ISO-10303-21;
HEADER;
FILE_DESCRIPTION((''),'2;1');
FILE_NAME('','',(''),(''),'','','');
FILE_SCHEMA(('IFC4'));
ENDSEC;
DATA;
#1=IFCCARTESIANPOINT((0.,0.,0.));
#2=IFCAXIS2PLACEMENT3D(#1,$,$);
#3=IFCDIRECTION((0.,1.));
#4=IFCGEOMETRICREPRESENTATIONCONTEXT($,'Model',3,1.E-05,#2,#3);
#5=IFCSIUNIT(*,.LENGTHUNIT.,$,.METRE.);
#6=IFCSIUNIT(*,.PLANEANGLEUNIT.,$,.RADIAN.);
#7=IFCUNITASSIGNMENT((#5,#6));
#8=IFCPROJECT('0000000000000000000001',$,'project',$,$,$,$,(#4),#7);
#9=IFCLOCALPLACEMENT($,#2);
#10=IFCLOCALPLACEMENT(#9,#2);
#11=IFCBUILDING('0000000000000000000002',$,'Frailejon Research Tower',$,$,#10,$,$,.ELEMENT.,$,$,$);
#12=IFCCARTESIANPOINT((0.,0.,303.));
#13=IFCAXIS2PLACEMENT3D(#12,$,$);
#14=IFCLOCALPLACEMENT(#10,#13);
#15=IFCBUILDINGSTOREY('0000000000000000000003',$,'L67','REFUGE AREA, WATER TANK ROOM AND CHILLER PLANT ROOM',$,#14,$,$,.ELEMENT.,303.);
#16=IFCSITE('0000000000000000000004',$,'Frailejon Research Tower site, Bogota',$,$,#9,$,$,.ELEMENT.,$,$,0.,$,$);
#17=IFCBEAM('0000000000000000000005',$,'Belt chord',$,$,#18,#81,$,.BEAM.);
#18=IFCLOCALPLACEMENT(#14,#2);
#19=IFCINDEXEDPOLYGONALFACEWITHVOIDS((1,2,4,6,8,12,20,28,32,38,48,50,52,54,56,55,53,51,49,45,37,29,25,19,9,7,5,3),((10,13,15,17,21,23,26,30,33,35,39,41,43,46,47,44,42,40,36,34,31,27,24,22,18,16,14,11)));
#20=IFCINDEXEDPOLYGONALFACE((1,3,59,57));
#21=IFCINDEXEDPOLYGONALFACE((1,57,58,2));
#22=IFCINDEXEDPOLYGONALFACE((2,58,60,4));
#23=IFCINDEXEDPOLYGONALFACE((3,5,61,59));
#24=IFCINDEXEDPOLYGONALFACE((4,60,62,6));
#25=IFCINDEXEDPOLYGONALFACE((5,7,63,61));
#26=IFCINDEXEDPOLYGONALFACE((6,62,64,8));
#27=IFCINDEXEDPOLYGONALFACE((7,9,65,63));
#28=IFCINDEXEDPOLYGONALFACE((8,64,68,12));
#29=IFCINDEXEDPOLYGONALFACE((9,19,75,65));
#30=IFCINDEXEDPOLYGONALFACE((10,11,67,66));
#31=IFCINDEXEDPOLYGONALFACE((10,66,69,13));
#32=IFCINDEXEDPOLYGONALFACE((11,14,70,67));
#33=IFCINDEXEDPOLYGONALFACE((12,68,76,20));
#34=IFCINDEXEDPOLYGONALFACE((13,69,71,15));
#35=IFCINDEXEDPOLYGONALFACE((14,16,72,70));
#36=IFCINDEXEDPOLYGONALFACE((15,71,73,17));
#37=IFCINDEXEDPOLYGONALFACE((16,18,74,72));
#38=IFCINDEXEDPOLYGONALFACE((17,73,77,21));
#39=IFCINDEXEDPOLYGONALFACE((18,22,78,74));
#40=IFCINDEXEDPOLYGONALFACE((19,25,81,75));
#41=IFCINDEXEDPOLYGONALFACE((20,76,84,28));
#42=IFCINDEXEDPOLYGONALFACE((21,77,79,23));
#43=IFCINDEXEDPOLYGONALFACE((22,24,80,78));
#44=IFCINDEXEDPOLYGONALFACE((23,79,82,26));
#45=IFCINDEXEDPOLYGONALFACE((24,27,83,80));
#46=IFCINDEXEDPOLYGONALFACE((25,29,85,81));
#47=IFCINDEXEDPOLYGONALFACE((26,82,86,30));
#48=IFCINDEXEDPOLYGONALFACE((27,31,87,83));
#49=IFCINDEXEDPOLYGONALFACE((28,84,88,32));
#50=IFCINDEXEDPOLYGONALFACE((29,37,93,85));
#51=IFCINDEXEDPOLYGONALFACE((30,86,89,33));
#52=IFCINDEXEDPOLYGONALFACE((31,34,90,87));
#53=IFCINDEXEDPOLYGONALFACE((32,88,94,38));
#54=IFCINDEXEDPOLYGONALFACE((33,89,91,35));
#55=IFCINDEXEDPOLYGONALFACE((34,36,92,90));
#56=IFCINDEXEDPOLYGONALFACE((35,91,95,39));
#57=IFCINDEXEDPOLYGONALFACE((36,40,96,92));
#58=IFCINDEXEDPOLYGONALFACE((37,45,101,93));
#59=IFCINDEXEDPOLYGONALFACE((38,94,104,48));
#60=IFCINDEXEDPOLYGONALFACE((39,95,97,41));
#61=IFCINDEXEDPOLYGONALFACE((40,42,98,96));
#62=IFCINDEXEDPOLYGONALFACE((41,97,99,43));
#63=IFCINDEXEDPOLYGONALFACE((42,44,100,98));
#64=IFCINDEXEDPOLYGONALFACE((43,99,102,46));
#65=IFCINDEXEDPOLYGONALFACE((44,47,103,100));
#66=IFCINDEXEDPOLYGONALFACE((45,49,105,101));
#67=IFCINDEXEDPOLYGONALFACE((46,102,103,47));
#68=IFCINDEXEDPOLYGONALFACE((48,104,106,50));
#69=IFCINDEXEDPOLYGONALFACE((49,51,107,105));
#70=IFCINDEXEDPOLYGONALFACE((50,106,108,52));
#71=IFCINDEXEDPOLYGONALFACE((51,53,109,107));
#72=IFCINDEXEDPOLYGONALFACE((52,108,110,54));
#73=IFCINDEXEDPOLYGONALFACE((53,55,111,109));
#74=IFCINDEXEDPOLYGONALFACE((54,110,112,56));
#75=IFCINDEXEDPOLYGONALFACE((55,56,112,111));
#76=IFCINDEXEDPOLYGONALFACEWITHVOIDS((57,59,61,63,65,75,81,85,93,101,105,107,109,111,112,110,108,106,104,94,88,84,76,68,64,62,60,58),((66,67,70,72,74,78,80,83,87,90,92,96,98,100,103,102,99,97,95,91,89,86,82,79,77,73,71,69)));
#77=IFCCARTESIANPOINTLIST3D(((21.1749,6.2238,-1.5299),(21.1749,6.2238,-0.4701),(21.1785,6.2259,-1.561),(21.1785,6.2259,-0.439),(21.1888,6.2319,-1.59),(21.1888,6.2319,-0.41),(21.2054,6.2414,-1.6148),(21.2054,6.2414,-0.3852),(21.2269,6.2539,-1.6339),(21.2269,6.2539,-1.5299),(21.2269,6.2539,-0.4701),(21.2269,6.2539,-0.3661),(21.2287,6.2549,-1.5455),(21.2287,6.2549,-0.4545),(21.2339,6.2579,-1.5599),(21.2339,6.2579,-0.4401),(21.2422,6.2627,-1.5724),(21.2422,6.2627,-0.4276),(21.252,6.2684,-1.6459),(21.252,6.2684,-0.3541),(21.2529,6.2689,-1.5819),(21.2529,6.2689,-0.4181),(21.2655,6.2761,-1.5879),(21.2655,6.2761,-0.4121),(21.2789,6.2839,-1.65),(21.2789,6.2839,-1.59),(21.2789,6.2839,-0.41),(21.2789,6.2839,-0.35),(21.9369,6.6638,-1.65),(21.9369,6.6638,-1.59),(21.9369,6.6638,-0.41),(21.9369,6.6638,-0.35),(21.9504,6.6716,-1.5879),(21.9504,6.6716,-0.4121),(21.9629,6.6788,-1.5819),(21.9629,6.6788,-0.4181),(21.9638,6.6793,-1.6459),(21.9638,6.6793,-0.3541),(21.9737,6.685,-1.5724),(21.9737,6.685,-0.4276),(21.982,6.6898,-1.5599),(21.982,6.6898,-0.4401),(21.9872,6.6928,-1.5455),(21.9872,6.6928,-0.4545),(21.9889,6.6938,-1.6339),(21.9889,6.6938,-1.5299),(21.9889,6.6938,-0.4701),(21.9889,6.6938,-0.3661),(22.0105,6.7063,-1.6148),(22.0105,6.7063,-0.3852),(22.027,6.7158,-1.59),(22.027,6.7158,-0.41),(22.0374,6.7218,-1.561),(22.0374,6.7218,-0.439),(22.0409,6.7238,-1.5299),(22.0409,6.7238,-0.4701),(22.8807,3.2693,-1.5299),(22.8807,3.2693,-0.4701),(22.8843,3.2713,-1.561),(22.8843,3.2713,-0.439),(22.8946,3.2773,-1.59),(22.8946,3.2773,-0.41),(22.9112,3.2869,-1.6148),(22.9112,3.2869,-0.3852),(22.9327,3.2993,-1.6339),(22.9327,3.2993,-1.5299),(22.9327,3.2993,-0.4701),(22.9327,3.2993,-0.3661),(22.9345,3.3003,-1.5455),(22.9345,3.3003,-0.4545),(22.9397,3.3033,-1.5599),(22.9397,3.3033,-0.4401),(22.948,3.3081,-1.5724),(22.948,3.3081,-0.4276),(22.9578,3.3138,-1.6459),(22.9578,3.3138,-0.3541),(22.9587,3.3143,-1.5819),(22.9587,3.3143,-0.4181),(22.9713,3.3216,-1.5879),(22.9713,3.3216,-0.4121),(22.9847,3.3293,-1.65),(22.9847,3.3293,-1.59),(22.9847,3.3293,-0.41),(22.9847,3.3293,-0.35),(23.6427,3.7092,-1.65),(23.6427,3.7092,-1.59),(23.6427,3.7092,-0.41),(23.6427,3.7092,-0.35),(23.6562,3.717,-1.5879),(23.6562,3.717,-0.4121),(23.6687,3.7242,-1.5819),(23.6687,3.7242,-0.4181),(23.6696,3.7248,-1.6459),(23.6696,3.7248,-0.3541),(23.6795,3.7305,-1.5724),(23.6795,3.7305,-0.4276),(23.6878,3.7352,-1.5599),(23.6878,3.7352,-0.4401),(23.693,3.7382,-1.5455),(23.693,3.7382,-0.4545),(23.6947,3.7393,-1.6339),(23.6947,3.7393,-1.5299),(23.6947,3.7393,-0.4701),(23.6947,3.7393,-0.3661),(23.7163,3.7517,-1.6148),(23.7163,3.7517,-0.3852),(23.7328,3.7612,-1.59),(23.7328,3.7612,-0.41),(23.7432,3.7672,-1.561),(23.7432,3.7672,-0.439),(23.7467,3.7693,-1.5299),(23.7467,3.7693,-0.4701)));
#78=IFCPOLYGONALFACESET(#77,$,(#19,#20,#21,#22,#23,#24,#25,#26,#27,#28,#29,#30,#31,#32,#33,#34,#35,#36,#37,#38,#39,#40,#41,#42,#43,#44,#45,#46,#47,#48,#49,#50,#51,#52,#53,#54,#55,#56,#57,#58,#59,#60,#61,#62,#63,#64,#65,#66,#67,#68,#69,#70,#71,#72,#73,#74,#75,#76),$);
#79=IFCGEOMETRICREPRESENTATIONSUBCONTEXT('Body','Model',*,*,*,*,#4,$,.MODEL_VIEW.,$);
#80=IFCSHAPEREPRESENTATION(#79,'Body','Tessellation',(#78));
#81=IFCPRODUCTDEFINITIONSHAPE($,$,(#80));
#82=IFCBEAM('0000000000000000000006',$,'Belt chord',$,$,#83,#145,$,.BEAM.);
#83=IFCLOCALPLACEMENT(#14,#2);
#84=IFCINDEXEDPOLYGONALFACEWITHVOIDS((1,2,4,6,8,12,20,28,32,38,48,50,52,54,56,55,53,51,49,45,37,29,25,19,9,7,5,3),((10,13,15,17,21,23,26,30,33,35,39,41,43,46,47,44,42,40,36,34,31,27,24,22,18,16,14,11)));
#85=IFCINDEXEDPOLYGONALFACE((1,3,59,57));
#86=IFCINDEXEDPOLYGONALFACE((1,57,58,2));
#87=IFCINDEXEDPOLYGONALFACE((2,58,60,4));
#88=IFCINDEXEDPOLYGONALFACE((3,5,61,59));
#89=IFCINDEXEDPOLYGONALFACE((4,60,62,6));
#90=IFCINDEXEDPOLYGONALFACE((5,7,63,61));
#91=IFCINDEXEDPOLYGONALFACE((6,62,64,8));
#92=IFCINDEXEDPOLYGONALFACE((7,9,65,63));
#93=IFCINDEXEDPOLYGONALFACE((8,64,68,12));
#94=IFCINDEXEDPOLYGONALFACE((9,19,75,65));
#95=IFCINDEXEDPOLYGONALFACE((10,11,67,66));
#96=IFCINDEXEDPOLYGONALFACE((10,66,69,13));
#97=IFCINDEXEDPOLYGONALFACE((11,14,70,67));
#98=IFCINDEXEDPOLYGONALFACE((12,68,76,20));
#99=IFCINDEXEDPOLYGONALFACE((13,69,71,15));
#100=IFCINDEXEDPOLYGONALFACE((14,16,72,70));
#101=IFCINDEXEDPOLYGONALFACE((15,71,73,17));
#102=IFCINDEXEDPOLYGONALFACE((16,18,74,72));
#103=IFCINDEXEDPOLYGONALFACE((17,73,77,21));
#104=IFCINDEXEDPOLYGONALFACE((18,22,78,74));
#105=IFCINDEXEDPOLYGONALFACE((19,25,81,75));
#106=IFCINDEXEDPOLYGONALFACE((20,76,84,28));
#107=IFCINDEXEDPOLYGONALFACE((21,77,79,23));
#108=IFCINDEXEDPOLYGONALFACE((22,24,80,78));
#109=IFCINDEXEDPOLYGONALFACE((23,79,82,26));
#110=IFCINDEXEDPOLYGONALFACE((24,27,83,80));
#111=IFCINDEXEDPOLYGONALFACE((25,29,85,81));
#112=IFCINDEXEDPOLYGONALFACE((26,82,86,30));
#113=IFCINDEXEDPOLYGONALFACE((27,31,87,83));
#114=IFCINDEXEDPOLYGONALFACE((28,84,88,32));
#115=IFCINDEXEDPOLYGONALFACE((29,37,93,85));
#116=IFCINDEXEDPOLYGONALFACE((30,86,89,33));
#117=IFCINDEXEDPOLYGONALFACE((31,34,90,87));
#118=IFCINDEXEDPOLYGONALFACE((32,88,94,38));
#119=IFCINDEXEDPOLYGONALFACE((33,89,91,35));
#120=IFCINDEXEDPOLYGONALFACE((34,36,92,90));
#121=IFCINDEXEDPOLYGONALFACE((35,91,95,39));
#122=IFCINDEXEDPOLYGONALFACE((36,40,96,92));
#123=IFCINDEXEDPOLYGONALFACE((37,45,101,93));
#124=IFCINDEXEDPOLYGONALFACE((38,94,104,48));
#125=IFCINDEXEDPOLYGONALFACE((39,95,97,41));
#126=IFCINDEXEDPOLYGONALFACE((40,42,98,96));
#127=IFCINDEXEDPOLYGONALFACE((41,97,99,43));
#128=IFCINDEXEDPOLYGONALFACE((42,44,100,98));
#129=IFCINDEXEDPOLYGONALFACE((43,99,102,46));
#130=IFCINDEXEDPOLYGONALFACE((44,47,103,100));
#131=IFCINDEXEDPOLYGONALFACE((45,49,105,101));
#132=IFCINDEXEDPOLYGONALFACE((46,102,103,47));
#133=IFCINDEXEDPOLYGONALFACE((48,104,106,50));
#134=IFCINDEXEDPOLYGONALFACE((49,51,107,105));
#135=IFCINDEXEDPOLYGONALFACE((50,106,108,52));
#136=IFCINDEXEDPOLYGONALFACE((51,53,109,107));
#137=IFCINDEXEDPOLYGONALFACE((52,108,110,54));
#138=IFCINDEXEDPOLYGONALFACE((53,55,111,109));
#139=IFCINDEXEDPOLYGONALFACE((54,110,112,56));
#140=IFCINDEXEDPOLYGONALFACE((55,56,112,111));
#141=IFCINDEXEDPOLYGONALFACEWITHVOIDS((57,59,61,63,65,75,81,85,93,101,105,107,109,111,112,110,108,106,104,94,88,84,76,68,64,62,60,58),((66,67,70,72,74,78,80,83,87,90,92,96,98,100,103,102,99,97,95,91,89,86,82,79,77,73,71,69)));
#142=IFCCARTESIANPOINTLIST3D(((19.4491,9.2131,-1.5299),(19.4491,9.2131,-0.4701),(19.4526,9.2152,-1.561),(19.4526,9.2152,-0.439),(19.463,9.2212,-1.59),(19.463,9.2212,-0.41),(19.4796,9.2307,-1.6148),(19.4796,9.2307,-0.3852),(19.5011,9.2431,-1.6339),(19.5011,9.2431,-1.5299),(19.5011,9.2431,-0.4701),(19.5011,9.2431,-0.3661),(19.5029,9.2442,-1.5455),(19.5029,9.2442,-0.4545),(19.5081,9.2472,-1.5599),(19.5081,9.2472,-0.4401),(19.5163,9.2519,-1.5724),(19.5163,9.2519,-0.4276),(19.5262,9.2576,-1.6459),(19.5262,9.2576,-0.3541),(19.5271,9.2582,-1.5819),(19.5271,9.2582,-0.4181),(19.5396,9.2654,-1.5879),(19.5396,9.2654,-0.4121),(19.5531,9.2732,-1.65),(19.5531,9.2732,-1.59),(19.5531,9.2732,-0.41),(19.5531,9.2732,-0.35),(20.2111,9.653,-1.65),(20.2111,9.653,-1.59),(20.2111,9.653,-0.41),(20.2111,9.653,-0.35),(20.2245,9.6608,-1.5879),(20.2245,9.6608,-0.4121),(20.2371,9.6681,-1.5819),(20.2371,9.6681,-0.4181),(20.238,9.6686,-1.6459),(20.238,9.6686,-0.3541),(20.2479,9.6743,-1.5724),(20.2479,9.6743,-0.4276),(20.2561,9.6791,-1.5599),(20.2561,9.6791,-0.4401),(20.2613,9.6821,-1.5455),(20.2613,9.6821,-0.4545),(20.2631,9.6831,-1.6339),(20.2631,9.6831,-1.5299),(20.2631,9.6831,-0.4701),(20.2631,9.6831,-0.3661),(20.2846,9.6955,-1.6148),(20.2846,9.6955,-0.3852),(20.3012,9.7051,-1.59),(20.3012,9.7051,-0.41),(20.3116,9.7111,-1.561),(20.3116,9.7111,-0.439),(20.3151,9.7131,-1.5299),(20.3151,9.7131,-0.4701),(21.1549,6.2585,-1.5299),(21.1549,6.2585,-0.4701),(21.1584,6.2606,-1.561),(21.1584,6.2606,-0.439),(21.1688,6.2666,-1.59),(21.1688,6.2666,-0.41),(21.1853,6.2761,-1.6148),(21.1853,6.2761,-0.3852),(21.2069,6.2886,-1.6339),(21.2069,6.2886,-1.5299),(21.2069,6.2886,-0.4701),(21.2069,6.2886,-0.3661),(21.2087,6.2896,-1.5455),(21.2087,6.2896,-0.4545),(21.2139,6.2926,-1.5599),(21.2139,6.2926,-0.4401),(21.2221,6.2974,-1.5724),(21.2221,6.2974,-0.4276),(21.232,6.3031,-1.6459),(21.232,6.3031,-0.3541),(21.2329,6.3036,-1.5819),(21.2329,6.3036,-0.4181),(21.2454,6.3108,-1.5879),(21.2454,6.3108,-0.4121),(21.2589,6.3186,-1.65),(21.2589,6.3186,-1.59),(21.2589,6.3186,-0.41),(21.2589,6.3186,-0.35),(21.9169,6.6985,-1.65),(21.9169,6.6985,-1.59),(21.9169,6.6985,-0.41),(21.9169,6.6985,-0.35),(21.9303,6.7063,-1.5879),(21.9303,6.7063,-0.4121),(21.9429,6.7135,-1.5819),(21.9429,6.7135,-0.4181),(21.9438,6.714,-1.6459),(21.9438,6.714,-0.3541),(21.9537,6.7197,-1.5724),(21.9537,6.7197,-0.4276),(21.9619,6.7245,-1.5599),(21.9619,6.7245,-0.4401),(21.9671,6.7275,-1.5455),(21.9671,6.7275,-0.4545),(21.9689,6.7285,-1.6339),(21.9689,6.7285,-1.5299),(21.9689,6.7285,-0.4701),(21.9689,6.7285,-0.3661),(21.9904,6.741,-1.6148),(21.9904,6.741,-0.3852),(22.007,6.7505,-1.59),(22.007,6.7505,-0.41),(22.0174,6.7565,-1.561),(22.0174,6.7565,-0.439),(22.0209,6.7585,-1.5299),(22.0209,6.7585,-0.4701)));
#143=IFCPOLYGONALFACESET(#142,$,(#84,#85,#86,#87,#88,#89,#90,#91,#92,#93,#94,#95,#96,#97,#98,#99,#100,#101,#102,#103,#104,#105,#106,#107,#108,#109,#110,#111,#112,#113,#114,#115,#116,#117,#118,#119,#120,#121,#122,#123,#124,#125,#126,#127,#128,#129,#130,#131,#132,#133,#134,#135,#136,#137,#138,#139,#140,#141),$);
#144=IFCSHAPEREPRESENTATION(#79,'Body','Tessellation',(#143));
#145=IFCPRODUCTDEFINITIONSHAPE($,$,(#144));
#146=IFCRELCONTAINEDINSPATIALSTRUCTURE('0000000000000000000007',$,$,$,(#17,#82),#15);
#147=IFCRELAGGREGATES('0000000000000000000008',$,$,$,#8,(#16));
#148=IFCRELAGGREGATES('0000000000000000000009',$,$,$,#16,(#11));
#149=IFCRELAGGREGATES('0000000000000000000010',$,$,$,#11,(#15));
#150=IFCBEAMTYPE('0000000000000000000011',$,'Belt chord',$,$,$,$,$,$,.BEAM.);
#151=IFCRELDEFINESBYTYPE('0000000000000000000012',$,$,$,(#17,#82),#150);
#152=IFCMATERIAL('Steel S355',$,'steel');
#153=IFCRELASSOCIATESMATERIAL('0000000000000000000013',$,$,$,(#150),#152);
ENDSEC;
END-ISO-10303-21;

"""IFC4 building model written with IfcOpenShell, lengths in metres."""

from ifc_helpers import new_model, si_unit, direction, frame, origin, origin_2d, place, context, subcontext, project, spatial, hollow_rectangle, extrude, material, material_profile, profile_set, type_object, element, save


model = new_model("IFC4")

# Units and contexts
model_context = context("Model", 3, precision=1e-05, world=origin(), true_north=direction((0.0, 1.0)))
body_context = subcontext(model_context, "Body", "Model", "MODEL_VIEW")
ifc_project = project(units=[si_unit("LENGTHUNIT", "METRE"), si_unit("PLANEANGLEUNIT", "RADIAN")], contexts=[model_context])

# Site, building, storey
site_placement = place(None, origin())
site = spatial("IfcSite", under=ifc_project, at=site_placement, Name="Frailejon Research Tower site, Bogota", CompositionType="ELEMENT", RefElevation=0.0)
building_placement = place(site_placement, origin())
building = spatial("IfcBuilding", under=site, at=building_placement, Name="Frailejon Research Tower", CompositionType="ELEMENT")
storey_placement = place(building_placement, frame((0.0, 0.0, 303.0)))
storey = spatial("IfcBuildingStorey", under=building, at=storey_placement, Name="L67", Description="REFUGE AREA, WATER TANK ROOM AND CHILLER PLANT ROOM", CompositionType="ELEMENT", Elevation=303.0)

# Beams
ifc_material_1 = material(Name="Steel S355", Category="steel")
ifc_material_profile_1 = material_profile(ifc_material_1, hollow_rectangle(XDim=1.0, YDim=1.3, WallThickness=0.0601, InnerFilletRadius=0.0601, OuterFilletRadius=0.1201, at=origin_2d()), Name="Belt chord")
ifc_profile_set_1 = profile_set([ifc_material_profile_1], Name="Steel S355")
beam_type_1 = type_object("IfcBeamType", Name="Belt chord", PredefinedType="BEAM", material=ifc_profile_set_1)
for number, where, z_axis, x_axis, name in (
    (1, (23.3137, 3.5193, -1.0), (-0.499995, 0.866028, 0.0), (-0.866028, -0.499995, 0.0), "Belt chord"),
    (2, (21.5879, 6.5085, -1.0), (-0.499995, 0.866028, 0.0), (-0.866028, -0.499995, 0.0), "Belt chord"),
):
    element("IfcBeam", number, at=place(storey_placement, frame(where, z_axis=z_axis, x_axis=x_axis)), inside=storey, type_object=beam_type_1, Name=name, PredefinedType="BEAM", context=body_context, shape_type="SweptSolid", body=[
        extrude(hollow_rectangle(XDim=1.0, YDim=1.3, WallThickness=0.0601, InnerFilletRadius=0.0601, OuterFilletRadius=0.1201, at=origin_2d()), origin(), (0.0, 0.0, 1.0), 3.4116),
    ])

save(model, "model.ifc")
